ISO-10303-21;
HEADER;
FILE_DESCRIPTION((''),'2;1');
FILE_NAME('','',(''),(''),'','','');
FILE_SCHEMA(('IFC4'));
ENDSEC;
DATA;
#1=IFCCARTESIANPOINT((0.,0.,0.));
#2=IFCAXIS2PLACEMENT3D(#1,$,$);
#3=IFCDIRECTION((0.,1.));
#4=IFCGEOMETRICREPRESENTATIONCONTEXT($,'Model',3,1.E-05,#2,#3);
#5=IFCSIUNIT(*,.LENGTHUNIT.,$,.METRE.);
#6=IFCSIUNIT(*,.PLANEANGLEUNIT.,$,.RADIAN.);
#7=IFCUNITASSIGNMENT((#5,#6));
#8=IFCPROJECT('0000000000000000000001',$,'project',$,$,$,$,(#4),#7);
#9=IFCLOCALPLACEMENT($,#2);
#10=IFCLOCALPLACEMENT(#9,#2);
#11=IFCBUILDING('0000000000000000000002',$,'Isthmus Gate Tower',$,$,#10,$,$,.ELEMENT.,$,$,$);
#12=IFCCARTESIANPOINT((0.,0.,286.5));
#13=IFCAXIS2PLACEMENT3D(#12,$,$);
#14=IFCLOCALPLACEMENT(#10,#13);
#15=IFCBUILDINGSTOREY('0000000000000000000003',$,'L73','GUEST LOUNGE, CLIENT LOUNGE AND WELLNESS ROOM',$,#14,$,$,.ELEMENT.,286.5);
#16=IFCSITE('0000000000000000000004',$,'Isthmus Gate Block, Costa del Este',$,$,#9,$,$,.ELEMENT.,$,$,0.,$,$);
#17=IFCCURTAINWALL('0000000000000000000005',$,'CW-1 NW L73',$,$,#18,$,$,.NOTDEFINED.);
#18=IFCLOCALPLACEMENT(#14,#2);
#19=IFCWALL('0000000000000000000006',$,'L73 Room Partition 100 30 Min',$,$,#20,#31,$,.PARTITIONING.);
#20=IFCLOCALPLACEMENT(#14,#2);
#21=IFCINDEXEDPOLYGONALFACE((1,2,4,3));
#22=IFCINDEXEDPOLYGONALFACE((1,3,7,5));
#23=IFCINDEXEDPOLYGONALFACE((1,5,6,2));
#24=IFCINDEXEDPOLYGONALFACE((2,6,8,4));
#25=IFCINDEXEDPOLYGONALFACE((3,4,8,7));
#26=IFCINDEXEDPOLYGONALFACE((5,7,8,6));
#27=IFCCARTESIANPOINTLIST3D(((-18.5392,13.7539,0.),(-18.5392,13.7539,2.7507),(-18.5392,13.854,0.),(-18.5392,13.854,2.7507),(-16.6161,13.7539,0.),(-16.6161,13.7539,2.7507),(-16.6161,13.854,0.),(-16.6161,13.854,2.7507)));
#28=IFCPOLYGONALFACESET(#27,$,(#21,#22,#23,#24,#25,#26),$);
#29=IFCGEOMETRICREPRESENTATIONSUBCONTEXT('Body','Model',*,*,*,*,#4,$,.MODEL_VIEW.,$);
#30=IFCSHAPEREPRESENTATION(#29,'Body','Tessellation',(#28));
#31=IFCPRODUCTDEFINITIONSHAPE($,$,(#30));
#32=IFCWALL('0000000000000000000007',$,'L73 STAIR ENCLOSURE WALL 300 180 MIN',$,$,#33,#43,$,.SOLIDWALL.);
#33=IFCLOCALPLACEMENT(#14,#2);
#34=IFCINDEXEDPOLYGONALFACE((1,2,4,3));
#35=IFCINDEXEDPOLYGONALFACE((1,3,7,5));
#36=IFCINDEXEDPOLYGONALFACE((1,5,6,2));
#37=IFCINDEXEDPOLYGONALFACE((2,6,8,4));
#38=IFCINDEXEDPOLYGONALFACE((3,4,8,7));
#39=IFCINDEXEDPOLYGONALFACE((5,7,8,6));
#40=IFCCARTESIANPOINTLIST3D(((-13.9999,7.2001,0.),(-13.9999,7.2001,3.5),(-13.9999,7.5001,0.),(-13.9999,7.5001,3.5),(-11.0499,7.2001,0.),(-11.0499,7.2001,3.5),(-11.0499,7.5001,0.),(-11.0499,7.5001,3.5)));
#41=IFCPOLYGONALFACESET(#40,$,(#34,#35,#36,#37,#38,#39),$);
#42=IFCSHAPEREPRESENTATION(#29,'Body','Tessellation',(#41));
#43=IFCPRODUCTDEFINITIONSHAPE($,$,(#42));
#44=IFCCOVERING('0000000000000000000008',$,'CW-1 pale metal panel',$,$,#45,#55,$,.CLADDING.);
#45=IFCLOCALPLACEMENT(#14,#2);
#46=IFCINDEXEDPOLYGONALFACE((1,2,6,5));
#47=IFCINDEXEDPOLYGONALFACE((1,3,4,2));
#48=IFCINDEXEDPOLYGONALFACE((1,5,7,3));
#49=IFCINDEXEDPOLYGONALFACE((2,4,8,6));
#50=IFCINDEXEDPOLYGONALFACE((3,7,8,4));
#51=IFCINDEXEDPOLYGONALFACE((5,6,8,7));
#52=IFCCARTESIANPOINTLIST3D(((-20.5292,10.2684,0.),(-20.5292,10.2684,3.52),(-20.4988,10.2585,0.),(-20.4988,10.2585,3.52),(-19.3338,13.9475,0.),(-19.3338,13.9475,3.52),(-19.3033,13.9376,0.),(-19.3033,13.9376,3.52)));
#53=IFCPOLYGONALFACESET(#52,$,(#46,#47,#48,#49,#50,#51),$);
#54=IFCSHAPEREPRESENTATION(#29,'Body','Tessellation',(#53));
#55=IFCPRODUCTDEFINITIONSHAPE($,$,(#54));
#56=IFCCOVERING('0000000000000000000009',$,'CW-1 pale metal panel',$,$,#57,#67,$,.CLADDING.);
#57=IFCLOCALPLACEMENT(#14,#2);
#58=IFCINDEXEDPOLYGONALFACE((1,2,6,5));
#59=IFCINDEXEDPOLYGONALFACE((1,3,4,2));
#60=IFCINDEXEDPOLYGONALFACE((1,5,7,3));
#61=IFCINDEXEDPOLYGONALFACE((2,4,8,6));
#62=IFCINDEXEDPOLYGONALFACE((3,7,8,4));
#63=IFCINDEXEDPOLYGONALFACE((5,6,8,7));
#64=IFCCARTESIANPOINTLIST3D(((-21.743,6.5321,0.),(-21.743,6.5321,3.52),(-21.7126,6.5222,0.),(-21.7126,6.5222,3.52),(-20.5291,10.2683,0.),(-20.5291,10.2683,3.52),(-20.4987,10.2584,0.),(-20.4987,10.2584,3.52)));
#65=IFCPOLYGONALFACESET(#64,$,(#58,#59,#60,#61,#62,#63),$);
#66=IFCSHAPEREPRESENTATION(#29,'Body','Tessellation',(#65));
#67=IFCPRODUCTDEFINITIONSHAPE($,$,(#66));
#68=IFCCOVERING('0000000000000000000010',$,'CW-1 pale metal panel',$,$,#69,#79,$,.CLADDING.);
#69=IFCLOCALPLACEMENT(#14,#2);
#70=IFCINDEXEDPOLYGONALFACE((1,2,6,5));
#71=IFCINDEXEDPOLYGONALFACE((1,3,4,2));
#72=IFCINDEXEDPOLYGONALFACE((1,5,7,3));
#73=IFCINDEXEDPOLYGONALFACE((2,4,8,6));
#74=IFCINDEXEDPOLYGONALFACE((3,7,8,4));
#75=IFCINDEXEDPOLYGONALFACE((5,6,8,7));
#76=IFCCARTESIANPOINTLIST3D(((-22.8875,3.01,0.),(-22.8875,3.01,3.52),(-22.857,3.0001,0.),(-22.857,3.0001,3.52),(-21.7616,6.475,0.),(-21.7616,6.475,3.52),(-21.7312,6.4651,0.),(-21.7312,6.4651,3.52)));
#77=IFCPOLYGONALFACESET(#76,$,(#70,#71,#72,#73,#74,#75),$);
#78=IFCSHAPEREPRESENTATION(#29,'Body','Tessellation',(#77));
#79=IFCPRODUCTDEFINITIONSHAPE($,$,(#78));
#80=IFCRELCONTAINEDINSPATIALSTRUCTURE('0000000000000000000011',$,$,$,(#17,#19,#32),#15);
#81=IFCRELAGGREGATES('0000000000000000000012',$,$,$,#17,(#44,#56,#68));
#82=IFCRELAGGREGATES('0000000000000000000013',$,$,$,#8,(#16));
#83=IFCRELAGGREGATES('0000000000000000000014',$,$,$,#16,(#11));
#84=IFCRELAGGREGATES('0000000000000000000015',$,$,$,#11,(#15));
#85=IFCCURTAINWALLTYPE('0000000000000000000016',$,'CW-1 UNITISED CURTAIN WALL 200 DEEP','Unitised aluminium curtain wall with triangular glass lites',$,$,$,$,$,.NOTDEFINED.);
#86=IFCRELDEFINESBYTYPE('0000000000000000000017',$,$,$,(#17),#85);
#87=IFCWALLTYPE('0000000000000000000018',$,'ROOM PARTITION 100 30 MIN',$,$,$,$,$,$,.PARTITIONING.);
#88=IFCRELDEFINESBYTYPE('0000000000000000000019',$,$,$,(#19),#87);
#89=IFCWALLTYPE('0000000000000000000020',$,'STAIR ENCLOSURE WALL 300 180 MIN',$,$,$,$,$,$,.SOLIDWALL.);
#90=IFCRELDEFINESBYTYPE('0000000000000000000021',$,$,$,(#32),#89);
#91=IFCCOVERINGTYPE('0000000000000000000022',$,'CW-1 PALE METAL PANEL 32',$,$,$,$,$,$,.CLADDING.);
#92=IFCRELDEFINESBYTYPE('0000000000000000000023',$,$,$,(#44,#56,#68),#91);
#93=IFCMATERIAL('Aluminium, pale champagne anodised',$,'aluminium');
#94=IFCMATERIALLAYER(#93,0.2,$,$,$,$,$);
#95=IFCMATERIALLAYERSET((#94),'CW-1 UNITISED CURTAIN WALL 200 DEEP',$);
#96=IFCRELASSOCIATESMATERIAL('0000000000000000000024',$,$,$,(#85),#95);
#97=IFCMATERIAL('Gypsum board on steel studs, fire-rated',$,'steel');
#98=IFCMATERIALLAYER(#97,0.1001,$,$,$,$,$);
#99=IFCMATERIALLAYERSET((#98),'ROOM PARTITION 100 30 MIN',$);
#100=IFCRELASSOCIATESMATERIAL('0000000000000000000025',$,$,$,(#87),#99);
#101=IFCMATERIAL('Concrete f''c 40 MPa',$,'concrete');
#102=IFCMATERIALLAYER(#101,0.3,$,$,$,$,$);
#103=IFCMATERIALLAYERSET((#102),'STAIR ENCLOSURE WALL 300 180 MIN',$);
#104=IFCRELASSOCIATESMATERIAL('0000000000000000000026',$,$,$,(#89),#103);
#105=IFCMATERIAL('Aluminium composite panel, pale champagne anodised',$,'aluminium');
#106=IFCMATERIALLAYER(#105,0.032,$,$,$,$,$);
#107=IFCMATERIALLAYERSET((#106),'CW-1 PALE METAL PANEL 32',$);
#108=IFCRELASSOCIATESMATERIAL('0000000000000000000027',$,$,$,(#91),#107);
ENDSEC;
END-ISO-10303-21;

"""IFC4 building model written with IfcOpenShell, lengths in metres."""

from ifc_helpers import new_model, si_unit, direction, frame, frame_2d, origin, origin_2d, place, context, subcontext, project, spatial, rectangle, extrude, material, layer, layer_set, type_object, element, aggregate, save


model = new_model("IFC4")

# Units and contexts
model_context = context("Model", 3, precision=1e-05, world=origin(), true_north=direction((0.0, 1.0)))
body_context = subcontext(model_context, "Body", "Model", "MODEL_VIEW")
ifc_project = project(units=[si_unit("LENGTHUNIT", "METRE"), si_unit("PLANEANGLEUNIT", "RADIAN")], contexts=[model_context])

# Site, building, storey
site_placement = place(None, origin())
site = spatial("IfcSite", under=ifc_project, at=site_placement, Name="Isthmus Gate Block, Costa del Este", CompositionType="ELEMENT", RefElevation=0.0)
building_placement = place(site_placement, origin())
building = spatial("IfcBuilding", under=site, at=building_placement, Name="Isthmus Gate Tower", CompositionType="ELEMENT")
storey_placement = place(building_placement, frame((0.0, 0.0, 286.5)))
storey = spatial("IfcBuildingStorey", under=building, at=storey_placement, Name="L73", Description="GUEST LOUNGE, CLIENT LOUNGE AND WELLNESS ROOM", CompositionType="ELEMENT", Elevation=286.5)

# Curtain wall
ifc_material_1 = material(Name="Aluminium, pale champagne anodised", Category="aluminium")
ifc_layer_1 = layer(ifc_material_1, 0.2)
ifc_layer_set_1 = layer_set([ifc_layer_1], Name="CW-1 UNITISED CURTAIN WALL 200 DEEP")
curtain_wall_type = type_object("IfcCurtainWallType", Name="CW-1 UNITISED CURTAIN WALL 200 DEEP", Description="Unitised aluminium curtain wall with triangular glass lites", PredefinedType="NOTDEFINED", material=ifc_layer_set_1)
curtain_wall_placement = place(storey_placement, origin())
curtain_wall = element("IfcCurtainWall", 1, at=curtain_wall_placement, inside=storey, type_object=curtain_wall_type, Name="CW-1 NW L73", PredefinedType="NOTDEFINED")

# Walls
ifc_material_2 = material(Name="Gypsum board on steel studs, fire-rated", Category="steel")
ifc_layer_2 = layer(ifc_material_2, 0.1001)
ifc_layer_set_2 = layer_set([ifc_layer_2], Name="ROOM PARTITION 100 30 MIN")
wall_type_1 = type_object("IfcWallType", Name="ROOM PARTITION 100 30 MIN", PredefinedType="PARTITIONING", material=ifc_layer_set_2)
wall_1_placement = place(storey_placement, frame((-18.5391, 13.804, 0.0), z_axis=(0.0, 0.0, 1.0), x_axis=(1.0, 0.0, 0.0)))
element("IfcWall", 2, at=wall_1_placement, inside=storey, type_object=wall_type_1, Name="L73 Room Partition 100 30 Min", PredefinedType="PARTITIONING", context=body_context, shape_type="SweptSolid", body=[
    extrude(rectangle(XDim=1.9231, YDim=0.1001, at=frame_2d((0.9614, 0.0))), origin(), (0.0, 0.0, 1.0), 2.7507),
])
ifc_material_3 = material(Name="Concrete f'c 40 MPa", Category="concrete")
ifc_layer_3 = layer(ifc_material_3, 0.3)
ifc_layer_set_3 = layer_set([ifc_layer_3], Name="STAIR ENCLOSURE WALL 300 180 MIN")
wall_type_2 = type_object("IfcWallType", Name="STAIR ENCLOSURE WALL 300 180 MIN", PredefinedType="SOLIDWALL", material=ifc_layer_set_3)
wall_2_placement = place(storey_placement, frame((-14.0, 7.3501, 0.0), z_axis=(0.0, 0.0, 1.0), x_axis=(1.0, 0.0, 0.0)))
element("IfcWall", 3, at=wall_2_placement, inside=storey, type_object=wall_type_2, Name="L73 STAIR ENCLOSURE WALL 300 180 MIN", PredefinedType="SOLIDWALL", context=body_context, shape_type="SweptSolid", body=[
    extrude(rectangle(XDim=2.95, YDim=0.3, at=frame_2d((1.4751, 0.0))), origin(), (0.0, 0.0, 1.0), 3.5),
])

# Coverings
ifc_material_4 = material(Name="Aluminium composite panel, pale champagne anodised", Category="aluminium")
ifc_layer_4 = layer(ifc_material_4, 0.032)
ifc_layer_set_4 = layer_set([ifc_layer_4], Name="CW-1 PALE METAL PANEL 32")
covering_type = type_object("IfcCoveringType", Name="CW-1 PALE METAL PANEL 32", PredefinedType="CLADDING", material=ifc_layer_set_4)
covering_1_placement = place(storey_placement, frame((-19.9163, 12.103, 0.0), z_axis=(0.0, 0.0, 1.0), x_axis=(-0.309017, -0.951057, 0.0)))
covering_1 = element("IfcCovering", 4, at=covering_1_placement, type_object=covering_type, Name="CW-1 pale metal panel", PredefinedType="CLADDING", context=body_context, shape_type="SweptSolid", body=[
    extrude(rectangle(XDim=3.8684, YDim=0.032, at=origin_2d()), origin(), (0.0, 0.0, 1.0), 3.52),
])
covering_2_placement = place(storey_placement, frame((-21.1208, 8.3953, 0.0), z_axis=(0.0, 0.0, 1.0), x_axis=(-0.309017, -0.951057, 0.0)))
covering_2 = element("IfcCovering", 5, at=covering_2_placement, type_object=covering_type, Name="CW-1 pale metal panel", PredefinedType="CLADDING", context=body_context, shape_type="SweptSolid", body=[
    extrude(rectangle(XDim=3.9285, YDim=0.032, at=origin_2d()), origin(), (0.0, 0.0, 1.0), 3.52),
])
covering_3_placement = place(storey_placement, frame((-22.3093, 4.7375, 0.0), z_axis=(0.0, 0.0, 1.0), x_axis=(-0.309017, -0.951057, 0.0)))
covering_3 = element("IfcCovering", 6, at=covering_3_placement, type_object=covering_type, Name="CW-1 pale metal panel", PredefinedType="CLADDING", context=body_context, shape_type="SweptSolid", body=[
    extrude(rectangle(XDim=3.6433, YDim=0.032, at=origin_2d()), origin(), (0.0, 0.0, 1.0), 3.52),
])
aggregate(curtain_wall, [covering_1, covering_2, covering_3])

save(model, "model.ifc")
